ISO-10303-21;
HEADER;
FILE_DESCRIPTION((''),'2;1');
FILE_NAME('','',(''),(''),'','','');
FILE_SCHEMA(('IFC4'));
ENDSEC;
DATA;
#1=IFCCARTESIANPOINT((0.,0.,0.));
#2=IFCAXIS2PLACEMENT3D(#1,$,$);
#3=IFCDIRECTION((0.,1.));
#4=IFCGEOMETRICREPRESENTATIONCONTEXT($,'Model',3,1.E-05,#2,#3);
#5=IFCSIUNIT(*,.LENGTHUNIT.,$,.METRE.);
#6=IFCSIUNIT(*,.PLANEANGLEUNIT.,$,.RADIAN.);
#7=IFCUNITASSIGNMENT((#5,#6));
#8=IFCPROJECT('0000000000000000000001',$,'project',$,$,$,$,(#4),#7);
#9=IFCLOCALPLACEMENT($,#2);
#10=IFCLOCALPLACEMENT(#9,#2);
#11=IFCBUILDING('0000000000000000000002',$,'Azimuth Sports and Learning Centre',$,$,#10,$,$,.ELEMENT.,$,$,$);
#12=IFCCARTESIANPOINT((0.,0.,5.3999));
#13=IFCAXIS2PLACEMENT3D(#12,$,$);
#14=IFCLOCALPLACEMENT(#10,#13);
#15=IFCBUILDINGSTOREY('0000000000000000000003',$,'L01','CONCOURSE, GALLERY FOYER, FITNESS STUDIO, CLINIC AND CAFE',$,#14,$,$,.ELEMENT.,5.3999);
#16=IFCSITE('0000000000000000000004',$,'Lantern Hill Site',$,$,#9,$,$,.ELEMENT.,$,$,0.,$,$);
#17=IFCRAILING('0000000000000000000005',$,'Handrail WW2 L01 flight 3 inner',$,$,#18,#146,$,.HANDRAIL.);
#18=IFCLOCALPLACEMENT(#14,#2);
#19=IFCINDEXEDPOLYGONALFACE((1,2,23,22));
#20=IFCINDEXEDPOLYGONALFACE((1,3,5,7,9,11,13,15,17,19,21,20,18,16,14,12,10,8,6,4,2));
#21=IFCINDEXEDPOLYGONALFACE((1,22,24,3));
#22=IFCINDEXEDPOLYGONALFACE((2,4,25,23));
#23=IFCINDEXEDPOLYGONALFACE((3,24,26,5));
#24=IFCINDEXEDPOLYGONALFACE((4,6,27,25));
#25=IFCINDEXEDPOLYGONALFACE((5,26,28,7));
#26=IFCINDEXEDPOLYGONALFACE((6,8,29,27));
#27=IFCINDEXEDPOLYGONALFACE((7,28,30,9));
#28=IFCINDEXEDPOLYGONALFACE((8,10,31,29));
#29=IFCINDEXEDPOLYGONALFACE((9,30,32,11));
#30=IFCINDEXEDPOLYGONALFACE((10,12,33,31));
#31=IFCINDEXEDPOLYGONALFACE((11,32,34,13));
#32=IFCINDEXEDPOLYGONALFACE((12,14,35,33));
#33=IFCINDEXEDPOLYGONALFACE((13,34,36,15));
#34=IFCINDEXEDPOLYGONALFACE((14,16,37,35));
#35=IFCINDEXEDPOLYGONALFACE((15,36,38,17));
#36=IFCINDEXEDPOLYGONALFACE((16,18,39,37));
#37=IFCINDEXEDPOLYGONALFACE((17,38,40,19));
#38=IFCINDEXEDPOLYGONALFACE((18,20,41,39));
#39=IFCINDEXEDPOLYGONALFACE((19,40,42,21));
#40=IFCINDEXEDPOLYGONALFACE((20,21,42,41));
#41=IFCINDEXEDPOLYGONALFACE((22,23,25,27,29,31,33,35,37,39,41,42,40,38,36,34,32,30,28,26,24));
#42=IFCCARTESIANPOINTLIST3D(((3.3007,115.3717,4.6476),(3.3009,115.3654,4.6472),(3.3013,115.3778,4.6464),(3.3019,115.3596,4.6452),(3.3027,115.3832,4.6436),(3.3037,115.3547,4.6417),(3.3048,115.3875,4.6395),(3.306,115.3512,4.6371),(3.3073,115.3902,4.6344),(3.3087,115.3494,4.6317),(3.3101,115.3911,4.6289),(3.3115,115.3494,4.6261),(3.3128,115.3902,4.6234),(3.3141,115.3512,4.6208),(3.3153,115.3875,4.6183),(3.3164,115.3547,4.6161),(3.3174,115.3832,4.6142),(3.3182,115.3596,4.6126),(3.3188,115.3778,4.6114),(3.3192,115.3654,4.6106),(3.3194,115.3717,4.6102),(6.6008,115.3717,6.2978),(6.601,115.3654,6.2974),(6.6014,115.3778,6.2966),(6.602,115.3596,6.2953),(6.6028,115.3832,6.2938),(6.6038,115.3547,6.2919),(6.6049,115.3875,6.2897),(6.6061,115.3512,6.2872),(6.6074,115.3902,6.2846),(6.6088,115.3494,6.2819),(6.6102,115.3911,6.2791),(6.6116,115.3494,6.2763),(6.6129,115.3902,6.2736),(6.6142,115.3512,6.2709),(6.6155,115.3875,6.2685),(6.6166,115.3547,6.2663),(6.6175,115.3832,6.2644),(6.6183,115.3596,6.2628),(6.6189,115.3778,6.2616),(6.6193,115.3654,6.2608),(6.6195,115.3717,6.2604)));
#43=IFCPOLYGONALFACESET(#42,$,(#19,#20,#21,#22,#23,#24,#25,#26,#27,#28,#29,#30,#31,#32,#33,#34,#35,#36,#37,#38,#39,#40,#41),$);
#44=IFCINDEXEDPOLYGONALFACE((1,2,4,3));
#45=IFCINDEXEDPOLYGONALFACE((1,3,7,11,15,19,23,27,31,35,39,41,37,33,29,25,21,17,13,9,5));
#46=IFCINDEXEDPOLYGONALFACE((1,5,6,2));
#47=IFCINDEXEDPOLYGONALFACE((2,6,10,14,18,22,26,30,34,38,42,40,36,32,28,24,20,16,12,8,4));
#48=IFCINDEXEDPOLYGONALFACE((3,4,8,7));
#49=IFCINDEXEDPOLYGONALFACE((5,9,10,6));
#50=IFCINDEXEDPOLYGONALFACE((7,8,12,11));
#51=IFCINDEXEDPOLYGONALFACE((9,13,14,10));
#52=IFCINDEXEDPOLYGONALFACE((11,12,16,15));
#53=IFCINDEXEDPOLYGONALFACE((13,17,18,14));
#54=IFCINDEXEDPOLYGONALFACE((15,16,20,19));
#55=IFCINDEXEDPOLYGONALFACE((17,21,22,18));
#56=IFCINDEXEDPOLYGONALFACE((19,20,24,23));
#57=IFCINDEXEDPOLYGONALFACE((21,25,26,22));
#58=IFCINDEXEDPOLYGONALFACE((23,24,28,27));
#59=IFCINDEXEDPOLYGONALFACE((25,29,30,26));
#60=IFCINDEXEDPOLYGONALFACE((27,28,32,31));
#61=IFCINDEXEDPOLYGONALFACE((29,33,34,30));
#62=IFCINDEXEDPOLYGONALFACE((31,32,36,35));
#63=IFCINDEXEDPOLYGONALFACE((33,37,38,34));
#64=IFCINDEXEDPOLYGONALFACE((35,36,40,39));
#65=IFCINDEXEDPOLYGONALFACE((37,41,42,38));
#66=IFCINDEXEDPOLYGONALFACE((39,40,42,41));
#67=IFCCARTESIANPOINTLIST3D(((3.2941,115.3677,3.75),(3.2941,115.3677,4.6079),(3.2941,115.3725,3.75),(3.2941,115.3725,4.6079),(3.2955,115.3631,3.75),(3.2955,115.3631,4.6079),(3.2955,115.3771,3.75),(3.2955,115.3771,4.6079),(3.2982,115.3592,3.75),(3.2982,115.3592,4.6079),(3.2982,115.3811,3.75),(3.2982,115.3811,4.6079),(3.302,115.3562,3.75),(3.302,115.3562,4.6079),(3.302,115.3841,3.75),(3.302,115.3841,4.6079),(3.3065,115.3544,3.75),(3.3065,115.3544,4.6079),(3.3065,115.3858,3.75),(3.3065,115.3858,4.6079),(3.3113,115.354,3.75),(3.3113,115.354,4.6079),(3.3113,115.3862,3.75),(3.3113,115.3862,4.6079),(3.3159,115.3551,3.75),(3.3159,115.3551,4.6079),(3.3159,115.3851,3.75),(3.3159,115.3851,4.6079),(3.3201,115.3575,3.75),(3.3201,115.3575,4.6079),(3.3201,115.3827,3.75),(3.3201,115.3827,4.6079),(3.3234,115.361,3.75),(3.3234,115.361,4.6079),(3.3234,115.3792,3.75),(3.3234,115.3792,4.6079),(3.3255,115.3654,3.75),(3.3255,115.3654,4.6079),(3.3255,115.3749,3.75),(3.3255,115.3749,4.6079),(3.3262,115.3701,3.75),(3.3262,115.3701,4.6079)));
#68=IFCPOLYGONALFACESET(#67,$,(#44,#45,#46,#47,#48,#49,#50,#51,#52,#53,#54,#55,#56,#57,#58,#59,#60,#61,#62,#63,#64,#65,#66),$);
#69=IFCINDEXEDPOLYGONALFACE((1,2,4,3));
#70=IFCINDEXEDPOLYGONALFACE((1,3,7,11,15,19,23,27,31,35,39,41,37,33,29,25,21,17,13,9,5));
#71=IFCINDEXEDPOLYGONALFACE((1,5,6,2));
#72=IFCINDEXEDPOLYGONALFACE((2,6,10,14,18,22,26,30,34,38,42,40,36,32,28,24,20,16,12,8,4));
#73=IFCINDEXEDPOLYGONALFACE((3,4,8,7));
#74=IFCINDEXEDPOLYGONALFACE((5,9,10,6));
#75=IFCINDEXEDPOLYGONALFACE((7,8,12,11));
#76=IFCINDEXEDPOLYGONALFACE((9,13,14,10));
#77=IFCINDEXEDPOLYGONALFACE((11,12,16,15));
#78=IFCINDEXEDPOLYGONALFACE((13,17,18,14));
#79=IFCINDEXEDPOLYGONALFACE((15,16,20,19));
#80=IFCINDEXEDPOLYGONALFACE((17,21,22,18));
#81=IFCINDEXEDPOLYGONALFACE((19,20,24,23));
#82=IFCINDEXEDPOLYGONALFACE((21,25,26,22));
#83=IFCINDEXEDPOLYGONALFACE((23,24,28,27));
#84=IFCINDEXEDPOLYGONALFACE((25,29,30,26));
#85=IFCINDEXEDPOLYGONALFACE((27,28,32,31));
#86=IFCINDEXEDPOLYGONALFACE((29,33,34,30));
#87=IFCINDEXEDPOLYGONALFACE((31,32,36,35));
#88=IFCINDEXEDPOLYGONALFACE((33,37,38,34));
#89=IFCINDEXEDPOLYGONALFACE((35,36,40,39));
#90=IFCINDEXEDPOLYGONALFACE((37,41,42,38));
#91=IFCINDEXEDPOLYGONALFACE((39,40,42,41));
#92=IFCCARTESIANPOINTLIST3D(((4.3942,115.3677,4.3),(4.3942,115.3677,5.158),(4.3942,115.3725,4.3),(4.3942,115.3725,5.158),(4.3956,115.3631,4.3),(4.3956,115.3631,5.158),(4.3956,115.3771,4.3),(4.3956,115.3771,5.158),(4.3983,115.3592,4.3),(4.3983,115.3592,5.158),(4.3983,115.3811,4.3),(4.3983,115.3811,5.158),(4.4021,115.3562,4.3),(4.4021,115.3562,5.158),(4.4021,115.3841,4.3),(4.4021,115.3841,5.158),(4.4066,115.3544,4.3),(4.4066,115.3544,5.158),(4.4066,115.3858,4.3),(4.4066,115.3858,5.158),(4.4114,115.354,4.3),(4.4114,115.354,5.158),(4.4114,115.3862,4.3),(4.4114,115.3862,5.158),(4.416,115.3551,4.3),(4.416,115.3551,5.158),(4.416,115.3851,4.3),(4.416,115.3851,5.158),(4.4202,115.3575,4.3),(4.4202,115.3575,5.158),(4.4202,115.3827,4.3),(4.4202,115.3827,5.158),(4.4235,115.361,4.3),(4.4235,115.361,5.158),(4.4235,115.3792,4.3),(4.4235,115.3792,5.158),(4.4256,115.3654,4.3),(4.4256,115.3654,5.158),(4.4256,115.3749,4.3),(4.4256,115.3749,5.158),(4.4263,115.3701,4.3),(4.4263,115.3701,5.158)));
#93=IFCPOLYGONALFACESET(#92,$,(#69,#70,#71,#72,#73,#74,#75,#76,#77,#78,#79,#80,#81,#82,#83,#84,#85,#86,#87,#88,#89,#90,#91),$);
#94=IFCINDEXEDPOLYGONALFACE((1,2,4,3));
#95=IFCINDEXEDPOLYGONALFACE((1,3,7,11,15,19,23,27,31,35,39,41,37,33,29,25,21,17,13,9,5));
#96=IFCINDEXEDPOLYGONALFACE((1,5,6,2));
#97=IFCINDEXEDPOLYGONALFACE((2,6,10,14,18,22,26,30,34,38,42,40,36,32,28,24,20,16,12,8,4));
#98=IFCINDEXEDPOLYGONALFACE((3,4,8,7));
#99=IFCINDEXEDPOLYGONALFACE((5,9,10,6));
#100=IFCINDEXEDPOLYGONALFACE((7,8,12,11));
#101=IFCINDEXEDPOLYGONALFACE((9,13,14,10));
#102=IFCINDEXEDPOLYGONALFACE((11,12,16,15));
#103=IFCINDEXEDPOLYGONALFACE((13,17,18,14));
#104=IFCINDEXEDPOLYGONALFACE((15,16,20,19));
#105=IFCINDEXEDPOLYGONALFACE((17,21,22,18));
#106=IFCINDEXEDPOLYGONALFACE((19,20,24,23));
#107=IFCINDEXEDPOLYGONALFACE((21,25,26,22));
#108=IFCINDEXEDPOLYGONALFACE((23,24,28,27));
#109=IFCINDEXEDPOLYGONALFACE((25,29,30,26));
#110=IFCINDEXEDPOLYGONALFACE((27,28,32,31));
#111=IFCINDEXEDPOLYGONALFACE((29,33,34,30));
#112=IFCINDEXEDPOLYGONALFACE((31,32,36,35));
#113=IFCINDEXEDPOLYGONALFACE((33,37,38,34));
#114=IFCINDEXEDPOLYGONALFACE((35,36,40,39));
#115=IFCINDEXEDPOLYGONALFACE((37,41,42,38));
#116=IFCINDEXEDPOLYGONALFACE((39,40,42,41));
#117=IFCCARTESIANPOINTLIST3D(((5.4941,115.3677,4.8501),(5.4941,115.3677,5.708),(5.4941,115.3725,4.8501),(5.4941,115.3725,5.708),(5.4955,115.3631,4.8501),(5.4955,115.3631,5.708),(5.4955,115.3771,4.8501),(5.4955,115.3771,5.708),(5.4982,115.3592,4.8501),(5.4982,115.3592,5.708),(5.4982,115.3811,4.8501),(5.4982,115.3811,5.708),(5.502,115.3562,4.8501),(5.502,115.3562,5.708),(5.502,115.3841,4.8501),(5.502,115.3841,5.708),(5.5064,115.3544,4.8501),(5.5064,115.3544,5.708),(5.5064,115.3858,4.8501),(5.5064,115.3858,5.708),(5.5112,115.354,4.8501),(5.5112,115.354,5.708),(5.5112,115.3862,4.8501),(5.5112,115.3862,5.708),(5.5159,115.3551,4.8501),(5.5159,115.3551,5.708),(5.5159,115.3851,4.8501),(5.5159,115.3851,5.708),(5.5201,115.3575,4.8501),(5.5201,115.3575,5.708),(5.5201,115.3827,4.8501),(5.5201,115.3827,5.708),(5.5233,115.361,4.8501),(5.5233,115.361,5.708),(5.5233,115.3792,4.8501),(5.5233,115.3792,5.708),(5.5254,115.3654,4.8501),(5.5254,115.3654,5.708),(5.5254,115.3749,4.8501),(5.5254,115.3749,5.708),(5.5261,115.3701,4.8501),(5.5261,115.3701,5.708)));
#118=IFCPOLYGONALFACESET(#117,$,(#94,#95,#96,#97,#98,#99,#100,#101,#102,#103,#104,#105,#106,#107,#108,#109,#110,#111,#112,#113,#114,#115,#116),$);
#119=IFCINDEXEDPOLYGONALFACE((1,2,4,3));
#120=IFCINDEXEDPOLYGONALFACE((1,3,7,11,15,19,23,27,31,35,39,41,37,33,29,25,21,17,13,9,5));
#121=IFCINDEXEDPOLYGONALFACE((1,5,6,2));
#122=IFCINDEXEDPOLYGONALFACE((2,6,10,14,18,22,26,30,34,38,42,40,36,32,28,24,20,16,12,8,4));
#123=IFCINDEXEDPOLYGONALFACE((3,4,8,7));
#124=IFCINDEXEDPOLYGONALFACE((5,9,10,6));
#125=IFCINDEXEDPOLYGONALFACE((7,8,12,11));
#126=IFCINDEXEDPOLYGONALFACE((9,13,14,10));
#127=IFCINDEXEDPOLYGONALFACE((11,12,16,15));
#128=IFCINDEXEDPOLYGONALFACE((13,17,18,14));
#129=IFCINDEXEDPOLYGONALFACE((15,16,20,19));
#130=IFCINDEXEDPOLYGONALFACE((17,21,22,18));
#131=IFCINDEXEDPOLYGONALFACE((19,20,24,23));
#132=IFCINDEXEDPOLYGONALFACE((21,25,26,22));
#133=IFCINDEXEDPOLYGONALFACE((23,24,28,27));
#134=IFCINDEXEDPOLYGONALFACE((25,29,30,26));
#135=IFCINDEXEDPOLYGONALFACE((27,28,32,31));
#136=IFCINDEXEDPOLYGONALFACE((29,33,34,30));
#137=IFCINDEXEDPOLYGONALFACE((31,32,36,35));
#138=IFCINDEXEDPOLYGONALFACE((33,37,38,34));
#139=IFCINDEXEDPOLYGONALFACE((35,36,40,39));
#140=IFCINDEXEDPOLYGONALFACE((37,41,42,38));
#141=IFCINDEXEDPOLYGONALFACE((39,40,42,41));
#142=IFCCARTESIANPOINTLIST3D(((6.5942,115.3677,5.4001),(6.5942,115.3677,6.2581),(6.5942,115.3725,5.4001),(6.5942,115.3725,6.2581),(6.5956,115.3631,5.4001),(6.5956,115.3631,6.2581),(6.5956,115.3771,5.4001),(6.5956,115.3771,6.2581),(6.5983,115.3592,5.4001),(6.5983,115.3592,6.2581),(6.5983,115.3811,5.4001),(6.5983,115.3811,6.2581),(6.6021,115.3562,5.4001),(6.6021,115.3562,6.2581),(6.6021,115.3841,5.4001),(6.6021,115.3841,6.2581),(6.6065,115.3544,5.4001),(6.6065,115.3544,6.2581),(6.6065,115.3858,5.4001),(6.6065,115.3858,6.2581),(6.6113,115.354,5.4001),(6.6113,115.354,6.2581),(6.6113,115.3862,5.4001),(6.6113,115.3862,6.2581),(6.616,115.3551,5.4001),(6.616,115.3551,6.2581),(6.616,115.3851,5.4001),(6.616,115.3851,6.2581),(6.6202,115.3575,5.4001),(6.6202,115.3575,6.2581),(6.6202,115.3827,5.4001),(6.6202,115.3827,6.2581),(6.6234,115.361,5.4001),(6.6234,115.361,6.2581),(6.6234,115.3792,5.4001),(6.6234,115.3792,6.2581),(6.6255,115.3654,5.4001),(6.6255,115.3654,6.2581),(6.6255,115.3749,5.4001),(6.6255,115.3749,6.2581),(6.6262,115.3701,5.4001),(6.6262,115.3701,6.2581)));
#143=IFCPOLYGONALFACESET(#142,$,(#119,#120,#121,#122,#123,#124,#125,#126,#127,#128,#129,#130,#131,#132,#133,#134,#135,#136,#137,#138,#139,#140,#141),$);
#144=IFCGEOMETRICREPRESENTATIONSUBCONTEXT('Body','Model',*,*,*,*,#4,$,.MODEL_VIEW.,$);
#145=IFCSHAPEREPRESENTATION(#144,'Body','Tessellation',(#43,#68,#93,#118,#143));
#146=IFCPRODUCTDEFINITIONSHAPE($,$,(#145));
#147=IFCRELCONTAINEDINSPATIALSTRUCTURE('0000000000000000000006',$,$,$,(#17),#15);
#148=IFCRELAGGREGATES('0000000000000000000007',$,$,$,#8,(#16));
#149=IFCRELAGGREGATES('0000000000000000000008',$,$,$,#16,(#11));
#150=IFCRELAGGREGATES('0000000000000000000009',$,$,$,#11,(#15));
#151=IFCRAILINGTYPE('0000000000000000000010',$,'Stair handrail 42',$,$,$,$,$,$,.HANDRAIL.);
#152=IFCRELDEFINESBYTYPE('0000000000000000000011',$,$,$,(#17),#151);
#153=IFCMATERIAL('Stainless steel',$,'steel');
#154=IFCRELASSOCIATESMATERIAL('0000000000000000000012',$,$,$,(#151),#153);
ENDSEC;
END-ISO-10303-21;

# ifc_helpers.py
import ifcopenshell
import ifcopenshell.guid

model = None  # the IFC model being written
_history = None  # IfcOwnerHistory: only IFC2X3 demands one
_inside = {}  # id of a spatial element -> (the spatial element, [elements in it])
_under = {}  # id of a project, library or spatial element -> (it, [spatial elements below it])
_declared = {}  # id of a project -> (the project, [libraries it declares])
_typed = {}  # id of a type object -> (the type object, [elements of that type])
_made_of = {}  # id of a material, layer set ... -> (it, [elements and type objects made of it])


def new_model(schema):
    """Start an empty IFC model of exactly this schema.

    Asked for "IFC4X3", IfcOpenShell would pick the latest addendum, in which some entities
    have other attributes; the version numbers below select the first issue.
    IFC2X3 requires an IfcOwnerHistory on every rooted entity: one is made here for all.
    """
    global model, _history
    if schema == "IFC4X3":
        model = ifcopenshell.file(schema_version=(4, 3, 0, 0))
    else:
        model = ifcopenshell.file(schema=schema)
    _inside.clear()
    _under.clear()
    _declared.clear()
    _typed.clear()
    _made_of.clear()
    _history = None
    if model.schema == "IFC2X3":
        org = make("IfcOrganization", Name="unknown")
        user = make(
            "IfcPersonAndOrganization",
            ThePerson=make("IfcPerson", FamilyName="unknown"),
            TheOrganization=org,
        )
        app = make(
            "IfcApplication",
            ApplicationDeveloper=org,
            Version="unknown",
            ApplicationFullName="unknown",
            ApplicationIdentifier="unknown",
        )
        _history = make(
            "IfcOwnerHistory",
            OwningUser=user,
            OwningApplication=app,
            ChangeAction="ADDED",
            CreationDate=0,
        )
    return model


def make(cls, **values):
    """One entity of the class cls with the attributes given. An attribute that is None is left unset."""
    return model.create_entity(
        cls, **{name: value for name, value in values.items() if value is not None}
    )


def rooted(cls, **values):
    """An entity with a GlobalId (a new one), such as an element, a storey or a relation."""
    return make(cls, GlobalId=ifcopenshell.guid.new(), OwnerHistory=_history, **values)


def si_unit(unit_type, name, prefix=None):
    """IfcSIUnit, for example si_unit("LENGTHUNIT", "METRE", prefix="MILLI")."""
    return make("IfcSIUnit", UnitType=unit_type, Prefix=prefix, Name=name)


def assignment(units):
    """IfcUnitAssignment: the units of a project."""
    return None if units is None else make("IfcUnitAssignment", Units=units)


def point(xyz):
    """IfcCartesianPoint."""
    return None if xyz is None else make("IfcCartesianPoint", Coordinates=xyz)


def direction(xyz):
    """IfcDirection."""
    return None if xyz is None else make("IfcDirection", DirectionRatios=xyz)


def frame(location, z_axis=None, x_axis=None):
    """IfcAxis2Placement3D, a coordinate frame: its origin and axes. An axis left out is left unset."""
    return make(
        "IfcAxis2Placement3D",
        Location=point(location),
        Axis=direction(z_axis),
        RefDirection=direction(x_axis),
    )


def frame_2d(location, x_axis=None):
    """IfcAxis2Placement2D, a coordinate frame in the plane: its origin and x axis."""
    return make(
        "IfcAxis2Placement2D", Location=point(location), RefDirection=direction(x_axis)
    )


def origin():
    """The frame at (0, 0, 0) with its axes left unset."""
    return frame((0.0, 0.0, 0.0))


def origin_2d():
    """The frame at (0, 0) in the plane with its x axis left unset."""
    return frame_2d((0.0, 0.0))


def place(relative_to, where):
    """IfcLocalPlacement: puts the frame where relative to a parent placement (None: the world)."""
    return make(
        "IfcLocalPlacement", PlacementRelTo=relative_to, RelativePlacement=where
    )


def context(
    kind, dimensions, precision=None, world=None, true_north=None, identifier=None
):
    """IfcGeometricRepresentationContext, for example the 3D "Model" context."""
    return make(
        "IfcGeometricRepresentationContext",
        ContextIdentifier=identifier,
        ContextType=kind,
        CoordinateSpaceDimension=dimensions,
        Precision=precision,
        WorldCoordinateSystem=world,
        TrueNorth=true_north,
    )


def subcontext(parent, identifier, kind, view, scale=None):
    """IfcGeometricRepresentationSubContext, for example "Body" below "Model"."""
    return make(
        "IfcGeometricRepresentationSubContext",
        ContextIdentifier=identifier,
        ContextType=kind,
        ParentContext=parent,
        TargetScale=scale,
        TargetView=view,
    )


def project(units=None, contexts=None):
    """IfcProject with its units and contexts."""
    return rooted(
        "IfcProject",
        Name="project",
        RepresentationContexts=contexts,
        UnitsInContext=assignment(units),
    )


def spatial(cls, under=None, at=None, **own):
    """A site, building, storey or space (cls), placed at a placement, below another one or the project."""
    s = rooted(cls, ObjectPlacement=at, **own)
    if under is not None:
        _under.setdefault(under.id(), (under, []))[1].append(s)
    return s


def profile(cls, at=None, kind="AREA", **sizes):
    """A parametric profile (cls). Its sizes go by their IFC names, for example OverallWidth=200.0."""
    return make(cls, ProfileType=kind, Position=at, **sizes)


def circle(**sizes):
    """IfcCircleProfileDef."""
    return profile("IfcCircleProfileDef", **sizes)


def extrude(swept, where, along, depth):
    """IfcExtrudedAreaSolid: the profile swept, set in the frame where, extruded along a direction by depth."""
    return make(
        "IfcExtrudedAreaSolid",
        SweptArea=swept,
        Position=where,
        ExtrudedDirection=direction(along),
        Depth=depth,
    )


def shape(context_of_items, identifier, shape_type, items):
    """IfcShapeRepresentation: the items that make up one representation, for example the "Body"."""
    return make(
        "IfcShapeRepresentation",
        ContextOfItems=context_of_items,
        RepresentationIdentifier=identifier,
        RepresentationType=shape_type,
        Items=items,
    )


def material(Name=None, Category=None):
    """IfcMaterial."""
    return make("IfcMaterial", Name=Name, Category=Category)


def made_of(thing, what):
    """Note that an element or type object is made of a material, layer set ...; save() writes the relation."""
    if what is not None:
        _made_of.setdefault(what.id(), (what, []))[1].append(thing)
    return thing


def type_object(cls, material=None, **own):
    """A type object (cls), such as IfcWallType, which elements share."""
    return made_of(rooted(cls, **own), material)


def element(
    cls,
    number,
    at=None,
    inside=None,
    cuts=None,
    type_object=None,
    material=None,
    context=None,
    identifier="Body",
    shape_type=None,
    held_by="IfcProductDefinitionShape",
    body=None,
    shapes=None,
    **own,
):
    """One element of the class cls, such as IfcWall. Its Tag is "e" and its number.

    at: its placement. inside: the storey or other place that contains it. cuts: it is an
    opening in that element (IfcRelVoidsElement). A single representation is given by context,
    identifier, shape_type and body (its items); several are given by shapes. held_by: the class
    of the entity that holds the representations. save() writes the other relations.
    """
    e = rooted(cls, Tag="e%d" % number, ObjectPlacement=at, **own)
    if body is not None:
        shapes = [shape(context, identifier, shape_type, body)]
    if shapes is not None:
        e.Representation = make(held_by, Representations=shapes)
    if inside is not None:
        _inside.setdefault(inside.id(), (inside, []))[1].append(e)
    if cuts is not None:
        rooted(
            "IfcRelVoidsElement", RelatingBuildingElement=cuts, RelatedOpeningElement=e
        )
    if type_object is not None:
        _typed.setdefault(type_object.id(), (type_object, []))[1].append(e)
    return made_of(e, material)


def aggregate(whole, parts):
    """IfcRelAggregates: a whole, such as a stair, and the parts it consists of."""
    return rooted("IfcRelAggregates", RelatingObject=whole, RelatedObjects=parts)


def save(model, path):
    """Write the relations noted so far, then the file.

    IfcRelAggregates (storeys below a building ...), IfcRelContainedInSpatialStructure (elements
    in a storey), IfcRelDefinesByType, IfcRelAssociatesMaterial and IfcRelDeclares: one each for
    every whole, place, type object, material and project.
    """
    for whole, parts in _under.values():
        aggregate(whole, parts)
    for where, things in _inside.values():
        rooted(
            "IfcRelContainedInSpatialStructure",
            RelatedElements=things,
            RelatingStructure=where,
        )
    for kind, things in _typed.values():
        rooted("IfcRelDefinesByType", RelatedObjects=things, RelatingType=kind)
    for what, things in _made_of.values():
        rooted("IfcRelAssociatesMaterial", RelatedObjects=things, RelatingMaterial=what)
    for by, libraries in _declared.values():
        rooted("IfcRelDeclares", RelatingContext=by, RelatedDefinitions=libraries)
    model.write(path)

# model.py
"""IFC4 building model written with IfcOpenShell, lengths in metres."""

from ifc_helpers import new_model, si_unit, direction, frame, origin, origin_2d, place, context, subcontext, project, spatial, circle, extrude, material, type_object, element, save


model = new_model("IFC4")

# Units and contexts
model_context = context("Model", 3, precision=1e-05, world=origin(), true_north=direction((0.0, 1.0)))
body_context = subcontext(model_context, "Body", "Model", "MODEL_VIEW")
ifc_project = project(units=[si_unit("LENGTHUNIT", "METRE"), si_unit("PLANEANGLEUNIT", "RADIAN")], contexts=[model_context])

# Site, building, storey
site_placement = place(None, origin())
site = spatial("IfcSite", under=ifc_project, at=site_placement, Name="Lantern Hill Site", CompositionType="ELEMENT", RefElevation=0.0)
building_placement = place(site_placement, origin())
building = spatial("IfcBuilding", under=site, at=building_placement, Name="Azimuth Sports and Learning Centre", CompositionType="ELEMENT")
storey_placement = place(building_placement, frame((0.0, 0.0, 5.3999)))
storey = spatial("IfcBuildingStorey", under=building, at=storey_placement, Name="L01", Description="CONCOURSE, GALLERY FOYER, FITNESS STUDIO, CLINIC AND CAFE", CompositionType="ELEMENT", Elevation=5.3999)

# Railing
ifc_material_1 = material(Name="Stainless steel", Category="steel")
railing_type_1 = type_object("IfcRailingType", Name="Stair handrail 42", PredefinedType="HANDRAIL", material=ifc_material_1)
for number, where, name in (
    (1, (3.3101, 115.3701, 3.75), "Handrail WW2 L01 flight 3 inner"),
):
    element("IfcRailing", number, at=place(storey_placement, frame(where)), inside=storey, type_object=railing_type_1, Name=name, PredefinedType="HANDRAIL", context=body_context, shape_type="SweptSolid", body=[
        extrude(circle(Radius=0.021, at=origin_2d()), frame((0.0, 0.0, 0.8789), z_axis=(0.894414, 0.0, 0.44724), x_axis=(0.0, 1.0, 0.0)), (0.0, 0.0, 1.0), 3.6897),
        extrude(circle(Radius=0.0161, at=origin_2d()), origin(), (0.0, 0.0, 1.0), 0.8579),
        extrude(circle(Radius=0.0161, at=origin_2d()), frame((1.1001, 0.0, 0.55)), (0.0, 0.0, 1.0), 0.8579),
        extrude(circle(Radius=0.0161, at=origin_2d()), frame((2.2, 0.0, 1.1001)), (0.0, 0.0, 1.0), 0.8579),
        extrude(circle(Radius=0.0161, at=origin_2d()), frame((3.3, 0.0, 1.6501)), (0.0, 0.0, 1.0), 0.8579),
    ])

save(model, "model.ifc")
